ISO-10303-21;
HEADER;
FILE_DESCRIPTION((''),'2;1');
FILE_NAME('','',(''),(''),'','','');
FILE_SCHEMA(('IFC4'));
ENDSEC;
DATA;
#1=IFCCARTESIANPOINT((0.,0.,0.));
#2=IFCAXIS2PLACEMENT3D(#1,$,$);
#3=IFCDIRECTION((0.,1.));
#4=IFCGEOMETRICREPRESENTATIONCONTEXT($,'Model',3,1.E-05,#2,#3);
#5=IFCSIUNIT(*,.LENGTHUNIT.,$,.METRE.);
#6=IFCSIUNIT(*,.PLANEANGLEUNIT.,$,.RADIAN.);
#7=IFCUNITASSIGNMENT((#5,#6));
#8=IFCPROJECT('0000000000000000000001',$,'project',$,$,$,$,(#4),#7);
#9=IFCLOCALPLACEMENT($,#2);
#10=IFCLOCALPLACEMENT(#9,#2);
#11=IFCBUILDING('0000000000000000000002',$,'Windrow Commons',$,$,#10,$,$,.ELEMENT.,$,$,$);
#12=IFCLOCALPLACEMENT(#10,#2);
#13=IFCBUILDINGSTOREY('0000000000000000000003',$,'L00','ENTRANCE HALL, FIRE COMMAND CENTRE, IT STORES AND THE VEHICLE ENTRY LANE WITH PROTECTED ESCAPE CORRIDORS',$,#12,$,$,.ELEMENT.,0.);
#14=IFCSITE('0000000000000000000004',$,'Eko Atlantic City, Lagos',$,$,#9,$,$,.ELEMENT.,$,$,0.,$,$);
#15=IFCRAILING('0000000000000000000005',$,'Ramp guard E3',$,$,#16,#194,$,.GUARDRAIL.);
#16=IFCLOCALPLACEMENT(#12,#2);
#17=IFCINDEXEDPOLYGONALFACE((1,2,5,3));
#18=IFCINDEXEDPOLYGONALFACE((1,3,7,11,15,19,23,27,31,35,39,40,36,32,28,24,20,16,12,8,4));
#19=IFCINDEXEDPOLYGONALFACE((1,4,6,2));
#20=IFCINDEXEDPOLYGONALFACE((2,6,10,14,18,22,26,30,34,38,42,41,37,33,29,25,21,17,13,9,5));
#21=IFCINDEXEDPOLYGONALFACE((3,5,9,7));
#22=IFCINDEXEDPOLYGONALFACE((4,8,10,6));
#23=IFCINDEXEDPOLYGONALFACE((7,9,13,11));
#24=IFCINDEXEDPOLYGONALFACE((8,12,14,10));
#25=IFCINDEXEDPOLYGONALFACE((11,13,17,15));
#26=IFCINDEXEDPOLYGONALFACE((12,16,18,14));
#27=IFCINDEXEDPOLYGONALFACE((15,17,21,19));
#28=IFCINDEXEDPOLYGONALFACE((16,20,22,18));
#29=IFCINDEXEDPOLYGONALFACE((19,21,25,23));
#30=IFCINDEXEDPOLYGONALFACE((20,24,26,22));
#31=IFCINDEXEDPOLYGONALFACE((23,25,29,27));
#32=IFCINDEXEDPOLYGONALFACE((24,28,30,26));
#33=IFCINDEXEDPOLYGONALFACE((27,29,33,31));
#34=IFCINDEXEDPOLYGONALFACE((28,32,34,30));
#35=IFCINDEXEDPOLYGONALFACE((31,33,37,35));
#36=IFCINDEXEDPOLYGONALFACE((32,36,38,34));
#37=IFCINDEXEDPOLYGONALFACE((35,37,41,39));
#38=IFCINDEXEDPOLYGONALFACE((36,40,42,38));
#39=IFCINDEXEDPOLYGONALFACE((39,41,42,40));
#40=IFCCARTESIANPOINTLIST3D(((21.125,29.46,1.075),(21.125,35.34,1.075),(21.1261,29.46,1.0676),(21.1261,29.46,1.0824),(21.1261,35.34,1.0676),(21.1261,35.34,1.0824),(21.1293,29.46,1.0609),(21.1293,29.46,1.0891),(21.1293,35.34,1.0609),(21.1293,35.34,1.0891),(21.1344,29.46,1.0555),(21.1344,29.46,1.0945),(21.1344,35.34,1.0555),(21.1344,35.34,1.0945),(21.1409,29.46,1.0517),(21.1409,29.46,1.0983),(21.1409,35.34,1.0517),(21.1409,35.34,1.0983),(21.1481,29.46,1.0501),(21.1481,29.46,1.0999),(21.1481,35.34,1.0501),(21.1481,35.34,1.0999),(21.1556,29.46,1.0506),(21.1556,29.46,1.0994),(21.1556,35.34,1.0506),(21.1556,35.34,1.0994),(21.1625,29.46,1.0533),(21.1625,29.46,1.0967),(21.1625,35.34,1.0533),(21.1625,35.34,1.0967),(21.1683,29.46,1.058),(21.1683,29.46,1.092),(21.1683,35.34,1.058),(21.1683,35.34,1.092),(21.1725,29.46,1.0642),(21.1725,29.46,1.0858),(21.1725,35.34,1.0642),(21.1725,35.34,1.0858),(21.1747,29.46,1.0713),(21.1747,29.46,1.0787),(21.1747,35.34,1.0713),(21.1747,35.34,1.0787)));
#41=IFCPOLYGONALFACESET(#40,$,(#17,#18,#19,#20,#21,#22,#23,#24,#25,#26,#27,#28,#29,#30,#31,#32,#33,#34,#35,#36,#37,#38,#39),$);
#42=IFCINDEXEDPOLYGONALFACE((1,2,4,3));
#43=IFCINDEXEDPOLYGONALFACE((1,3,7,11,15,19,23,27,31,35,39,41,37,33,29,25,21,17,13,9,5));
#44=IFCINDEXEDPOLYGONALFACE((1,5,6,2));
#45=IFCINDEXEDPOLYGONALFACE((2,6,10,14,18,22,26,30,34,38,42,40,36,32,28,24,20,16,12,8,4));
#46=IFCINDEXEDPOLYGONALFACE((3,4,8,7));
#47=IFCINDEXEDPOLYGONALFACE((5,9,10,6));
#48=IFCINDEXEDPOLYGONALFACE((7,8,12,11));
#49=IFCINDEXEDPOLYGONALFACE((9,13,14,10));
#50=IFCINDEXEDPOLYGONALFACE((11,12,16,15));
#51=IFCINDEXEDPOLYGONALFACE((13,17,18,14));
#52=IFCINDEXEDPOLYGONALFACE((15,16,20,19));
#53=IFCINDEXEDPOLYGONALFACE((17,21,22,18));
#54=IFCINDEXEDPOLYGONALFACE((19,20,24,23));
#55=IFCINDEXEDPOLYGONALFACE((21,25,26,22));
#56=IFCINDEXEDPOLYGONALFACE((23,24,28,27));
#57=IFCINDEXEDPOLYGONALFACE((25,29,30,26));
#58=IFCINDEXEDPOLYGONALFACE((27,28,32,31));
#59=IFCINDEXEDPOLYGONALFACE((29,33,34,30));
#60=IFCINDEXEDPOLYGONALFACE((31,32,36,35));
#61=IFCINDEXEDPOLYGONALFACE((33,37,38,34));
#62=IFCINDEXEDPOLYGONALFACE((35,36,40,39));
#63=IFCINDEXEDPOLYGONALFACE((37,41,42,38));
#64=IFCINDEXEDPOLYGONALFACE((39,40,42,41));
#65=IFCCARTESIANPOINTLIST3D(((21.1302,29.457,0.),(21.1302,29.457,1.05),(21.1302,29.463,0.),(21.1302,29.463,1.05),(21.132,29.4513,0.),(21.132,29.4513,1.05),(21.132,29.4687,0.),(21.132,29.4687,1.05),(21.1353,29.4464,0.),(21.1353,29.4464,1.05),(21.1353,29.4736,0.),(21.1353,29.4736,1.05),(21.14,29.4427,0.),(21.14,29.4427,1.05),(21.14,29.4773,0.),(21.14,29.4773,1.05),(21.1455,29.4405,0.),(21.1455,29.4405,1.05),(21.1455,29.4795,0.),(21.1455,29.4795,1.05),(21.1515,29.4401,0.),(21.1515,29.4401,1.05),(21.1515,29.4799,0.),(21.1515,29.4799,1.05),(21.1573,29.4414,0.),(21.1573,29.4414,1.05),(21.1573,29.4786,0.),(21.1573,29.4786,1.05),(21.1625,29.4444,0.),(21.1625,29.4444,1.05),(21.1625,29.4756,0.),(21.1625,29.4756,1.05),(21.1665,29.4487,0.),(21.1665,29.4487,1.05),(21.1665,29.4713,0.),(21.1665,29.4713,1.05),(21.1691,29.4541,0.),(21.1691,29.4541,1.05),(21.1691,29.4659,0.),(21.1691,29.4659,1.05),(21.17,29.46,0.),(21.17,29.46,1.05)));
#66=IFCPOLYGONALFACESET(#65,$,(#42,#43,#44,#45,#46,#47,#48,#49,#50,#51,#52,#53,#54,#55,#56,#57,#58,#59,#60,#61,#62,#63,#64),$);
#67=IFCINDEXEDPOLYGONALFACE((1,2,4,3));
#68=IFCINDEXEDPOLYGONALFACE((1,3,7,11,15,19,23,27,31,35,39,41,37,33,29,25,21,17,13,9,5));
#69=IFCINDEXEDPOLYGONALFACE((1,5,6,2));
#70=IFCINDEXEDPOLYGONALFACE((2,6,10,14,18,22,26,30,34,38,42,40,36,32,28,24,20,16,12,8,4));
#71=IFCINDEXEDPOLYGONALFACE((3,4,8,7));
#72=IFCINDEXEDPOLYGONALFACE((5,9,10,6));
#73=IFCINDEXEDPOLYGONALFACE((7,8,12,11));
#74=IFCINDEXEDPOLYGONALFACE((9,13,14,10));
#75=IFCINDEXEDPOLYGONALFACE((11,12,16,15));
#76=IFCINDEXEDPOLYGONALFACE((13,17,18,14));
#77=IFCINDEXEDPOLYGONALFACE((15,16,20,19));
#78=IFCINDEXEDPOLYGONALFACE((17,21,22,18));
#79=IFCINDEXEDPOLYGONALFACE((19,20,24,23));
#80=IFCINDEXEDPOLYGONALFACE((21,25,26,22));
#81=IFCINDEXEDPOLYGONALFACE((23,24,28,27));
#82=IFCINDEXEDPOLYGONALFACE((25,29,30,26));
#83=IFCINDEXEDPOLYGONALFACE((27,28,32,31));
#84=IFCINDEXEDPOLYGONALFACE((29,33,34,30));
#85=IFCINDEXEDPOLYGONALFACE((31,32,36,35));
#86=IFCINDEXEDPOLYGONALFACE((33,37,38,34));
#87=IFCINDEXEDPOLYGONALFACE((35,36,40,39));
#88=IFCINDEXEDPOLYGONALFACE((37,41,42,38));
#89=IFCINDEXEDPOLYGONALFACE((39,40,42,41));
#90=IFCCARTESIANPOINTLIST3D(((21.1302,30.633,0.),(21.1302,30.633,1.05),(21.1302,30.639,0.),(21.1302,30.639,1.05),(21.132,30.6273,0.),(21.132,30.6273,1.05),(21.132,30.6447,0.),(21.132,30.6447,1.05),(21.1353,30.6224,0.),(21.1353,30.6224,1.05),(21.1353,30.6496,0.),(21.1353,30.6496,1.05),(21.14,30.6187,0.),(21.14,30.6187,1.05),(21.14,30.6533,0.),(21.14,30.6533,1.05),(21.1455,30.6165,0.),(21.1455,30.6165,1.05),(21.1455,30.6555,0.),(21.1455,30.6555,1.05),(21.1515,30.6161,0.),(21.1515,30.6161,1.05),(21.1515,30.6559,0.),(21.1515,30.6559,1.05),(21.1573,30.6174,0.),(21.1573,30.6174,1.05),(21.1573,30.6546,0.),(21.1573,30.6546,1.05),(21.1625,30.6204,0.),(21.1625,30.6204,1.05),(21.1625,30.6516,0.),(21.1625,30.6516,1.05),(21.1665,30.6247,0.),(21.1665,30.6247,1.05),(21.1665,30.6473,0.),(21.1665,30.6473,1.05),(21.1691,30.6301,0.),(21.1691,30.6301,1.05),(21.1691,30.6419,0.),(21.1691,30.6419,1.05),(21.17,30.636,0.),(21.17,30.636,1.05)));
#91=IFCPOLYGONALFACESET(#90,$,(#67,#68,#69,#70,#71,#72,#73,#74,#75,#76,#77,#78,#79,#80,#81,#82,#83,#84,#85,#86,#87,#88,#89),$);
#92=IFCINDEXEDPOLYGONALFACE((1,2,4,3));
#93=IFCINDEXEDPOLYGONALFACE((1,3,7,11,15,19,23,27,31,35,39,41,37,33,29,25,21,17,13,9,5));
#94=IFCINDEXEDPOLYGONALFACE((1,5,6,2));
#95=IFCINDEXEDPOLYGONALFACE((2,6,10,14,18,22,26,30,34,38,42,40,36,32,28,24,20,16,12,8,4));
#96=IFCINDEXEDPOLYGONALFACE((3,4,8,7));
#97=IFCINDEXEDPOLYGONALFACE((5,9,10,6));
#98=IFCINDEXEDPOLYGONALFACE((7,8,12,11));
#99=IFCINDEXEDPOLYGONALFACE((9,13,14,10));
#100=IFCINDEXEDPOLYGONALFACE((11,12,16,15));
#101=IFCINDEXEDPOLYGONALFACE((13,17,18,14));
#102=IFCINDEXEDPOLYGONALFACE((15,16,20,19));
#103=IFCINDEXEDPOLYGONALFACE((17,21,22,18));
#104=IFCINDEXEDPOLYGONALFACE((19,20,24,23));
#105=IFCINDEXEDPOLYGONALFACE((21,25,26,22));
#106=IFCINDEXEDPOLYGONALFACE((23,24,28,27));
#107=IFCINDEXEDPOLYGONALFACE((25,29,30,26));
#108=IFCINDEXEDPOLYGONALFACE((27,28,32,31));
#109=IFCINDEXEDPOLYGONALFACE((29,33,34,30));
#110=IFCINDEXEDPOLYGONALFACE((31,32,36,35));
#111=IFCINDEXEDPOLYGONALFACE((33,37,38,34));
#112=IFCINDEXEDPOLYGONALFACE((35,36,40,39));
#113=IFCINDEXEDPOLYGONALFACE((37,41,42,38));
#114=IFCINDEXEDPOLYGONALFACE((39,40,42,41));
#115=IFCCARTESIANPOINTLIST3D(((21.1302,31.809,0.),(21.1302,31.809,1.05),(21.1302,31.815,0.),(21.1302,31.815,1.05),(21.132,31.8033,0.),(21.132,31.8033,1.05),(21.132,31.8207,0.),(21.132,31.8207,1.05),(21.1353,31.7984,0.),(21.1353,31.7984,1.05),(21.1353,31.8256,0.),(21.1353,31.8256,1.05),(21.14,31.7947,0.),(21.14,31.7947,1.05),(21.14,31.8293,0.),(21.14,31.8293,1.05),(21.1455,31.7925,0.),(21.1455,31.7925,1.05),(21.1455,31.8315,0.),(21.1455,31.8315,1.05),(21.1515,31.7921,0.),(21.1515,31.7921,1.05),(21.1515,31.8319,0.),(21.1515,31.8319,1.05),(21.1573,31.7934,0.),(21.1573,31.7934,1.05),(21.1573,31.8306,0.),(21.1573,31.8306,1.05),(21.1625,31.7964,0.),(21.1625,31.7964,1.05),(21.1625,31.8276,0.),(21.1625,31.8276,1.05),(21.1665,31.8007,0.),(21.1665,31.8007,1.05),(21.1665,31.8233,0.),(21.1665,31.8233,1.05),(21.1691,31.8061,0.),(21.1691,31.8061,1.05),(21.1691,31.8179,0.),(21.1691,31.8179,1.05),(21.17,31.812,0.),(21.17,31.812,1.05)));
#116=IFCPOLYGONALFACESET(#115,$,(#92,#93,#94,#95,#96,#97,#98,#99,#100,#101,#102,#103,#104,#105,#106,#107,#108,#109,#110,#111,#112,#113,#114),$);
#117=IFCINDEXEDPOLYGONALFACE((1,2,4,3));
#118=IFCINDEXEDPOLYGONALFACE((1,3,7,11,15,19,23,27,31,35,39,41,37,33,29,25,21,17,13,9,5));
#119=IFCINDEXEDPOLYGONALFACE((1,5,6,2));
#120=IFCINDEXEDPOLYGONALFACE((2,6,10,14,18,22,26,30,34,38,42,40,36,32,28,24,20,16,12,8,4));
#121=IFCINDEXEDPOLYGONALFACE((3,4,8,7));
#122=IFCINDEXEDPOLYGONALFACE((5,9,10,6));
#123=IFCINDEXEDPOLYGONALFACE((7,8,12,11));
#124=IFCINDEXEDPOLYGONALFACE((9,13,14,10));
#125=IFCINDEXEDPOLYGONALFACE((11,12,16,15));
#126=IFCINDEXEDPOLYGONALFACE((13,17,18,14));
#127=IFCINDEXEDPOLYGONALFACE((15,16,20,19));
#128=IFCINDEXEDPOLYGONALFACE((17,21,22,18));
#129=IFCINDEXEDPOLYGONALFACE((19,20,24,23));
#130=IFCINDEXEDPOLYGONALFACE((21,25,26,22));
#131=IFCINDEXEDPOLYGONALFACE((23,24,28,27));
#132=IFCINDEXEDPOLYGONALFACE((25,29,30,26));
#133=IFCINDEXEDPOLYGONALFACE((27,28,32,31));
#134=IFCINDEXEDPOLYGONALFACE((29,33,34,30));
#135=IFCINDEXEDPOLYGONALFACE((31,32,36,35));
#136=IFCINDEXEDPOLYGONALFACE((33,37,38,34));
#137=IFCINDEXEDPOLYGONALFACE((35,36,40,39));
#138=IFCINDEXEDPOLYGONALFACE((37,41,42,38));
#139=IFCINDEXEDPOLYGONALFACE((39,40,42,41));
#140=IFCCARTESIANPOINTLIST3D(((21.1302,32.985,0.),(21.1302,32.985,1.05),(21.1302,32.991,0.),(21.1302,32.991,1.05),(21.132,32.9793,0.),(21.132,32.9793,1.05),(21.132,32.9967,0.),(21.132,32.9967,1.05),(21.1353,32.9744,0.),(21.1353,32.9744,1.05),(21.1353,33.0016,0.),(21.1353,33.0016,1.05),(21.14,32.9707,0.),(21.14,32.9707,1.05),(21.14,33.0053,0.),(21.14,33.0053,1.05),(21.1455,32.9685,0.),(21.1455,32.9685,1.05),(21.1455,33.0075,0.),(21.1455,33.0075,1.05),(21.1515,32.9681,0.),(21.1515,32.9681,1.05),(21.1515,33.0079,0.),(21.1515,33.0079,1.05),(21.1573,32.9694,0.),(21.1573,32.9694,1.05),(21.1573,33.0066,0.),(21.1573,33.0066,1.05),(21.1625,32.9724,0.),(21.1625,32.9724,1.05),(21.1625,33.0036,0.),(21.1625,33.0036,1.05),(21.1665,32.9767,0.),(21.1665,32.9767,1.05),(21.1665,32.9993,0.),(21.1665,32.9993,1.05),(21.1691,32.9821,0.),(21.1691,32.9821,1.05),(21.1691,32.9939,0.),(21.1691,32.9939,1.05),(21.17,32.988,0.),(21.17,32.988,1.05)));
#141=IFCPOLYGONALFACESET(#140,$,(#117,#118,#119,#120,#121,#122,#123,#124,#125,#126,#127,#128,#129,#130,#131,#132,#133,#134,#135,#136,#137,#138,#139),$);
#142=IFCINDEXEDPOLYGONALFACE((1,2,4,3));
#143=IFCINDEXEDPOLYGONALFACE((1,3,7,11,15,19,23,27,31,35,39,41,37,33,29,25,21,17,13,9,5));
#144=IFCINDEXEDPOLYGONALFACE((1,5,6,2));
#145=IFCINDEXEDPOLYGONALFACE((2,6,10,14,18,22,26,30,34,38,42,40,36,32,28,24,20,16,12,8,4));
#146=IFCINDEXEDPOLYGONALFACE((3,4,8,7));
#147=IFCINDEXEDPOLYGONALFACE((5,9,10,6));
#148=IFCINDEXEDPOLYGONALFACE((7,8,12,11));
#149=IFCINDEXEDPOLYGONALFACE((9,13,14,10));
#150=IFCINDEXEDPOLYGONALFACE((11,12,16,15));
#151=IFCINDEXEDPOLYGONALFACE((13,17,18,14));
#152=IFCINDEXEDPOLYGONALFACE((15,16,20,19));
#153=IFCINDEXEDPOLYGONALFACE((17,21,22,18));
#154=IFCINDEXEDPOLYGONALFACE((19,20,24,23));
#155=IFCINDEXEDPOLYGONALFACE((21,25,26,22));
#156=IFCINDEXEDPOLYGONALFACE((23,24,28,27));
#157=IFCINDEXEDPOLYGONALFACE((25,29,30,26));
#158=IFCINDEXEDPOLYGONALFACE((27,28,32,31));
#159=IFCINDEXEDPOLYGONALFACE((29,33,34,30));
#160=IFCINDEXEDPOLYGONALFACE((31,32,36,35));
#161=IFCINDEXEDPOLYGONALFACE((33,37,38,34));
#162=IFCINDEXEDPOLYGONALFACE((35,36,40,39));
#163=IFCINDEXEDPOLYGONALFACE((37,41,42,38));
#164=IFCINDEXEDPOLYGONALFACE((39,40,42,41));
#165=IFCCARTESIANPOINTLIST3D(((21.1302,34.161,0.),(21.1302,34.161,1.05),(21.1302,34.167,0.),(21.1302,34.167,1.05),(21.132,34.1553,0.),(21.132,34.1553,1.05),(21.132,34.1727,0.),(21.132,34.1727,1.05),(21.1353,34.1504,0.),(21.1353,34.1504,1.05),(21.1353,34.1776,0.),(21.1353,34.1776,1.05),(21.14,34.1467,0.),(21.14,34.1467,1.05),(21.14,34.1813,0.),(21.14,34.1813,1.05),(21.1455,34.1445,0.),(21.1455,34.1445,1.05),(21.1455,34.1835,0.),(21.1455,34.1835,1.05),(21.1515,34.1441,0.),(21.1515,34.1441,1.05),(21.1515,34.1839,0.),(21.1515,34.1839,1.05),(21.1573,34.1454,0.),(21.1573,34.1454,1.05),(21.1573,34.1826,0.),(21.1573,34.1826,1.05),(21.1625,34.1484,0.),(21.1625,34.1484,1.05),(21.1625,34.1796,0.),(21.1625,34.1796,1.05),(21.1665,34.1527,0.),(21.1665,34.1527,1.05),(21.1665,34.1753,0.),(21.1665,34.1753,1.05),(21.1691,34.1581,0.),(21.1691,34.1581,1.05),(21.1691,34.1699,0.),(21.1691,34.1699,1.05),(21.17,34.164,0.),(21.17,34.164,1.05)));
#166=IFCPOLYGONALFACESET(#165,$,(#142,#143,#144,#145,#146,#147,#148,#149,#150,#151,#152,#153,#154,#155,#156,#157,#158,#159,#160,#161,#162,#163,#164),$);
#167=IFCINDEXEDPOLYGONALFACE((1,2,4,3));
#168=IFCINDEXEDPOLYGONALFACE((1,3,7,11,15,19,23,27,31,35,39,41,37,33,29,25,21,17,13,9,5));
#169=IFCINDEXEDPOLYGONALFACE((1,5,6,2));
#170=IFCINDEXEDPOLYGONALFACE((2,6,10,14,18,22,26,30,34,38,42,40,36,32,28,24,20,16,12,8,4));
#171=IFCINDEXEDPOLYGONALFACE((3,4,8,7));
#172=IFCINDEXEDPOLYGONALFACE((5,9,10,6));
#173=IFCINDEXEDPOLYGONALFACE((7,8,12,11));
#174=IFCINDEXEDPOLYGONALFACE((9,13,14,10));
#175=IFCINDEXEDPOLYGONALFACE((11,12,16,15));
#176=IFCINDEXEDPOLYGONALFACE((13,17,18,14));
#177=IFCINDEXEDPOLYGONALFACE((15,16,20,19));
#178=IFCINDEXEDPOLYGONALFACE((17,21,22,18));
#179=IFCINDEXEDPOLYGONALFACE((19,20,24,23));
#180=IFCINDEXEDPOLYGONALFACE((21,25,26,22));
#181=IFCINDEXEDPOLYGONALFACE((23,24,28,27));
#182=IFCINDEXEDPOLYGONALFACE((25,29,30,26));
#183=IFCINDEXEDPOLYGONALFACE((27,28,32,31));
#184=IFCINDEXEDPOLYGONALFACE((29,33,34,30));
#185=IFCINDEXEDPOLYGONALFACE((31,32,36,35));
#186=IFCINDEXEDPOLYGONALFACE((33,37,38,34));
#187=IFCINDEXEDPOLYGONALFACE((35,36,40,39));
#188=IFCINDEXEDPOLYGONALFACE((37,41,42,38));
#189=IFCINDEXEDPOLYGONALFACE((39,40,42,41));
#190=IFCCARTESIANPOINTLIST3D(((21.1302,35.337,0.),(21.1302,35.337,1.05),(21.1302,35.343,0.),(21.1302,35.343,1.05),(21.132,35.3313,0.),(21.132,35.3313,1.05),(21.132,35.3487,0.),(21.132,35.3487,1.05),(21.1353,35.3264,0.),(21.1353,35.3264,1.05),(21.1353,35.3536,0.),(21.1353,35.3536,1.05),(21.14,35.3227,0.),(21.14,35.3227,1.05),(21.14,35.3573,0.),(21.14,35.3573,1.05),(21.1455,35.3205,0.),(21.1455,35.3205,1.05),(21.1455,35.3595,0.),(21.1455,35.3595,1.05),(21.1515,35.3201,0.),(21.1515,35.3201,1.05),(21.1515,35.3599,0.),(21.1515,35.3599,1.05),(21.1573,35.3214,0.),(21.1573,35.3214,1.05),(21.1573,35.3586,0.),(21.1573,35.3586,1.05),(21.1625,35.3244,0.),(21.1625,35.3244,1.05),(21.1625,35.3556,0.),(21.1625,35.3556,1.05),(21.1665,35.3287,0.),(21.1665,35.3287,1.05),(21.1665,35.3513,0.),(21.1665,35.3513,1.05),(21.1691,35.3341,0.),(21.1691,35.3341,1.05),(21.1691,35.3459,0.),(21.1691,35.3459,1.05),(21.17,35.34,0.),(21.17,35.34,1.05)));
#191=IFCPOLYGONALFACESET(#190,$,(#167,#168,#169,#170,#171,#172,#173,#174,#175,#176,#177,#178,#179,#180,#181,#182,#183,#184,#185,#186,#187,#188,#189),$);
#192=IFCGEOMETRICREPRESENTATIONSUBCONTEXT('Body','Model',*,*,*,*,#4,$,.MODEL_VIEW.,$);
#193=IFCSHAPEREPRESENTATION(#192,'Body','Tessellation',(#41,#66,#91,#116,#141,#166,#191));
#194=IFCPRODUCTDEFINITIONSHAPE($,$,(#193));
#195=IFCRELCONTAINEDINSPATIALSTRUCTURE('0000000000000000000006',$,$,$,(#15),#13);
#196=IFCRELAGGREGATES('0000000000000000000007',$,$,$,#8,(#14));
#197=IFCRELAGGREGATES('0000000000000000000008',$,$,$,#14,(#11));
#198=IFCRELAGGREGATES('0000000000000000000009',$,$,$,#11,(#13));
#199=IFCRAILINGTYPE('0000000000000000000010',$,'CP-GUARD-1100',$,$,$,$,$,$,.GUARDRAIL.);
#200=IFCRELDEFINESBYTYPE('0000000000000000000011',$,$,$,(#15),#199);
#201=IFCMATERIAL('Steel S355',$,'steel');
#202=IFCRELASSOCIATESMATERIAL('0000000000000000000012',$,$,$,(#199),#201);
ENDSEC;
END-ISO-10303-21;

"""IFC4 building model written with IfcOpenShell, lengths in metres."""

from ifc_helpers import new_model, si_unit, direction, frame, origin, origin_2d, place, context, subcontext, project, spatial, circle, extrude, material, type_object, element, save


model = new_model("IFC4")

# Units and contexts
model_context = context("Model", 3, precision=1e-05, world=origin(), true_north=direction((0.0, 1.0)))
body_context = subcontext(model_context, "Body", "Model", "MODEL_VIEW")
ifc_project = project(units=[si_unit("LENGTHUNIT", "METRE"), si_unit("PLANEANGLEUNIT", "RADIAN")], contexts=[model_context])

# Site, building, storey
site_placement = place(None, origin())
site = spatial("IfcSite", under=ifc_project, at=site_placement, Name="Eko Atlantic City, Lagos", CompositionType="ELEMENT", RefElevation=0.0)
building_placement = place(site_placement, origin())
building = spatial("IfcBuilding", under=site, at=building_placement, Name="Windrow Commons", CompositionType="ELEMENT")
storey_placement = place(building_placement, origin())
storey = spatial("IfcBuildingStorey", under=building, at=storey_placement, Name="L00", Description="ENTRANCE HALL, FIRE COMMAND CENTRE, IT STORES AND THE VEHICLE ENTRY LANE WITH PROTECTED ESCAPE CORRIDORS", CompositionType="ELEMENT", Elevation=0.0)

# Railing
ifc_material_1 = material(Name="Steel S355", Category="steel")
railing_type_1 = type_object("IfcRailingType", Name="CP-GUARD-1100", PredefinedType="GUARDRAIL", material=ifc_material_1)
for number, where, name in (
    (1, (21.15, 29.46, 0.0), "Ramp guard E3"),
):
    element("IfcRailing", number, at=place(storey_placement, frame(where)), inside=storey, type_object=railing_type_1, Name=name, PredefinedType="GUARDRAIL", context=body_context, shape_type="SweptSolid", body=[
        extrude(circle(Radius=0.025, at=origin_2d()), frame((0.0, 0.0, 1.075), z_axis=(0.0, 1.0, 0.0), x_axis=(-1.0, 0.0, 0.0)), (0.0, 0.0, 1.0), 5.88),
        extrude(circle(Radius=0.02, at=origin_2d()), origin(), (0.0, 0.0, 1.0), 1.05),
        extrude(circle(Radius=0.02, at=origin_2d()), frame((0.0, 1.176, 0.0)), (0.0, 0.0, 1.0), 1.05),
        extrude(circle(Radius=0.02, at=origin_2d()), frame((0.0, 2.352, 0.0)), (0.0, 0.0, 1.0), 1.05),
        extrude(circle(Radius=0.02, at=origin_2d()), frame((0.0, 3.528, 0.0)), (0.0, 0.0, 1.0), 1.05),
        extrude(circle(Radius=0.02, at=origin_2d()), frame((0.0, 4.704, 0.0)), (0.0, 0.0, 1.0), 1.05),
        extrude(circle(Radius=0.02, at=origin_2d()), frame((0.0, 5.88, 0.0)), (0.0, 0.0, 1.0), 1.05),
    ])

save(model, "model.ifc")
